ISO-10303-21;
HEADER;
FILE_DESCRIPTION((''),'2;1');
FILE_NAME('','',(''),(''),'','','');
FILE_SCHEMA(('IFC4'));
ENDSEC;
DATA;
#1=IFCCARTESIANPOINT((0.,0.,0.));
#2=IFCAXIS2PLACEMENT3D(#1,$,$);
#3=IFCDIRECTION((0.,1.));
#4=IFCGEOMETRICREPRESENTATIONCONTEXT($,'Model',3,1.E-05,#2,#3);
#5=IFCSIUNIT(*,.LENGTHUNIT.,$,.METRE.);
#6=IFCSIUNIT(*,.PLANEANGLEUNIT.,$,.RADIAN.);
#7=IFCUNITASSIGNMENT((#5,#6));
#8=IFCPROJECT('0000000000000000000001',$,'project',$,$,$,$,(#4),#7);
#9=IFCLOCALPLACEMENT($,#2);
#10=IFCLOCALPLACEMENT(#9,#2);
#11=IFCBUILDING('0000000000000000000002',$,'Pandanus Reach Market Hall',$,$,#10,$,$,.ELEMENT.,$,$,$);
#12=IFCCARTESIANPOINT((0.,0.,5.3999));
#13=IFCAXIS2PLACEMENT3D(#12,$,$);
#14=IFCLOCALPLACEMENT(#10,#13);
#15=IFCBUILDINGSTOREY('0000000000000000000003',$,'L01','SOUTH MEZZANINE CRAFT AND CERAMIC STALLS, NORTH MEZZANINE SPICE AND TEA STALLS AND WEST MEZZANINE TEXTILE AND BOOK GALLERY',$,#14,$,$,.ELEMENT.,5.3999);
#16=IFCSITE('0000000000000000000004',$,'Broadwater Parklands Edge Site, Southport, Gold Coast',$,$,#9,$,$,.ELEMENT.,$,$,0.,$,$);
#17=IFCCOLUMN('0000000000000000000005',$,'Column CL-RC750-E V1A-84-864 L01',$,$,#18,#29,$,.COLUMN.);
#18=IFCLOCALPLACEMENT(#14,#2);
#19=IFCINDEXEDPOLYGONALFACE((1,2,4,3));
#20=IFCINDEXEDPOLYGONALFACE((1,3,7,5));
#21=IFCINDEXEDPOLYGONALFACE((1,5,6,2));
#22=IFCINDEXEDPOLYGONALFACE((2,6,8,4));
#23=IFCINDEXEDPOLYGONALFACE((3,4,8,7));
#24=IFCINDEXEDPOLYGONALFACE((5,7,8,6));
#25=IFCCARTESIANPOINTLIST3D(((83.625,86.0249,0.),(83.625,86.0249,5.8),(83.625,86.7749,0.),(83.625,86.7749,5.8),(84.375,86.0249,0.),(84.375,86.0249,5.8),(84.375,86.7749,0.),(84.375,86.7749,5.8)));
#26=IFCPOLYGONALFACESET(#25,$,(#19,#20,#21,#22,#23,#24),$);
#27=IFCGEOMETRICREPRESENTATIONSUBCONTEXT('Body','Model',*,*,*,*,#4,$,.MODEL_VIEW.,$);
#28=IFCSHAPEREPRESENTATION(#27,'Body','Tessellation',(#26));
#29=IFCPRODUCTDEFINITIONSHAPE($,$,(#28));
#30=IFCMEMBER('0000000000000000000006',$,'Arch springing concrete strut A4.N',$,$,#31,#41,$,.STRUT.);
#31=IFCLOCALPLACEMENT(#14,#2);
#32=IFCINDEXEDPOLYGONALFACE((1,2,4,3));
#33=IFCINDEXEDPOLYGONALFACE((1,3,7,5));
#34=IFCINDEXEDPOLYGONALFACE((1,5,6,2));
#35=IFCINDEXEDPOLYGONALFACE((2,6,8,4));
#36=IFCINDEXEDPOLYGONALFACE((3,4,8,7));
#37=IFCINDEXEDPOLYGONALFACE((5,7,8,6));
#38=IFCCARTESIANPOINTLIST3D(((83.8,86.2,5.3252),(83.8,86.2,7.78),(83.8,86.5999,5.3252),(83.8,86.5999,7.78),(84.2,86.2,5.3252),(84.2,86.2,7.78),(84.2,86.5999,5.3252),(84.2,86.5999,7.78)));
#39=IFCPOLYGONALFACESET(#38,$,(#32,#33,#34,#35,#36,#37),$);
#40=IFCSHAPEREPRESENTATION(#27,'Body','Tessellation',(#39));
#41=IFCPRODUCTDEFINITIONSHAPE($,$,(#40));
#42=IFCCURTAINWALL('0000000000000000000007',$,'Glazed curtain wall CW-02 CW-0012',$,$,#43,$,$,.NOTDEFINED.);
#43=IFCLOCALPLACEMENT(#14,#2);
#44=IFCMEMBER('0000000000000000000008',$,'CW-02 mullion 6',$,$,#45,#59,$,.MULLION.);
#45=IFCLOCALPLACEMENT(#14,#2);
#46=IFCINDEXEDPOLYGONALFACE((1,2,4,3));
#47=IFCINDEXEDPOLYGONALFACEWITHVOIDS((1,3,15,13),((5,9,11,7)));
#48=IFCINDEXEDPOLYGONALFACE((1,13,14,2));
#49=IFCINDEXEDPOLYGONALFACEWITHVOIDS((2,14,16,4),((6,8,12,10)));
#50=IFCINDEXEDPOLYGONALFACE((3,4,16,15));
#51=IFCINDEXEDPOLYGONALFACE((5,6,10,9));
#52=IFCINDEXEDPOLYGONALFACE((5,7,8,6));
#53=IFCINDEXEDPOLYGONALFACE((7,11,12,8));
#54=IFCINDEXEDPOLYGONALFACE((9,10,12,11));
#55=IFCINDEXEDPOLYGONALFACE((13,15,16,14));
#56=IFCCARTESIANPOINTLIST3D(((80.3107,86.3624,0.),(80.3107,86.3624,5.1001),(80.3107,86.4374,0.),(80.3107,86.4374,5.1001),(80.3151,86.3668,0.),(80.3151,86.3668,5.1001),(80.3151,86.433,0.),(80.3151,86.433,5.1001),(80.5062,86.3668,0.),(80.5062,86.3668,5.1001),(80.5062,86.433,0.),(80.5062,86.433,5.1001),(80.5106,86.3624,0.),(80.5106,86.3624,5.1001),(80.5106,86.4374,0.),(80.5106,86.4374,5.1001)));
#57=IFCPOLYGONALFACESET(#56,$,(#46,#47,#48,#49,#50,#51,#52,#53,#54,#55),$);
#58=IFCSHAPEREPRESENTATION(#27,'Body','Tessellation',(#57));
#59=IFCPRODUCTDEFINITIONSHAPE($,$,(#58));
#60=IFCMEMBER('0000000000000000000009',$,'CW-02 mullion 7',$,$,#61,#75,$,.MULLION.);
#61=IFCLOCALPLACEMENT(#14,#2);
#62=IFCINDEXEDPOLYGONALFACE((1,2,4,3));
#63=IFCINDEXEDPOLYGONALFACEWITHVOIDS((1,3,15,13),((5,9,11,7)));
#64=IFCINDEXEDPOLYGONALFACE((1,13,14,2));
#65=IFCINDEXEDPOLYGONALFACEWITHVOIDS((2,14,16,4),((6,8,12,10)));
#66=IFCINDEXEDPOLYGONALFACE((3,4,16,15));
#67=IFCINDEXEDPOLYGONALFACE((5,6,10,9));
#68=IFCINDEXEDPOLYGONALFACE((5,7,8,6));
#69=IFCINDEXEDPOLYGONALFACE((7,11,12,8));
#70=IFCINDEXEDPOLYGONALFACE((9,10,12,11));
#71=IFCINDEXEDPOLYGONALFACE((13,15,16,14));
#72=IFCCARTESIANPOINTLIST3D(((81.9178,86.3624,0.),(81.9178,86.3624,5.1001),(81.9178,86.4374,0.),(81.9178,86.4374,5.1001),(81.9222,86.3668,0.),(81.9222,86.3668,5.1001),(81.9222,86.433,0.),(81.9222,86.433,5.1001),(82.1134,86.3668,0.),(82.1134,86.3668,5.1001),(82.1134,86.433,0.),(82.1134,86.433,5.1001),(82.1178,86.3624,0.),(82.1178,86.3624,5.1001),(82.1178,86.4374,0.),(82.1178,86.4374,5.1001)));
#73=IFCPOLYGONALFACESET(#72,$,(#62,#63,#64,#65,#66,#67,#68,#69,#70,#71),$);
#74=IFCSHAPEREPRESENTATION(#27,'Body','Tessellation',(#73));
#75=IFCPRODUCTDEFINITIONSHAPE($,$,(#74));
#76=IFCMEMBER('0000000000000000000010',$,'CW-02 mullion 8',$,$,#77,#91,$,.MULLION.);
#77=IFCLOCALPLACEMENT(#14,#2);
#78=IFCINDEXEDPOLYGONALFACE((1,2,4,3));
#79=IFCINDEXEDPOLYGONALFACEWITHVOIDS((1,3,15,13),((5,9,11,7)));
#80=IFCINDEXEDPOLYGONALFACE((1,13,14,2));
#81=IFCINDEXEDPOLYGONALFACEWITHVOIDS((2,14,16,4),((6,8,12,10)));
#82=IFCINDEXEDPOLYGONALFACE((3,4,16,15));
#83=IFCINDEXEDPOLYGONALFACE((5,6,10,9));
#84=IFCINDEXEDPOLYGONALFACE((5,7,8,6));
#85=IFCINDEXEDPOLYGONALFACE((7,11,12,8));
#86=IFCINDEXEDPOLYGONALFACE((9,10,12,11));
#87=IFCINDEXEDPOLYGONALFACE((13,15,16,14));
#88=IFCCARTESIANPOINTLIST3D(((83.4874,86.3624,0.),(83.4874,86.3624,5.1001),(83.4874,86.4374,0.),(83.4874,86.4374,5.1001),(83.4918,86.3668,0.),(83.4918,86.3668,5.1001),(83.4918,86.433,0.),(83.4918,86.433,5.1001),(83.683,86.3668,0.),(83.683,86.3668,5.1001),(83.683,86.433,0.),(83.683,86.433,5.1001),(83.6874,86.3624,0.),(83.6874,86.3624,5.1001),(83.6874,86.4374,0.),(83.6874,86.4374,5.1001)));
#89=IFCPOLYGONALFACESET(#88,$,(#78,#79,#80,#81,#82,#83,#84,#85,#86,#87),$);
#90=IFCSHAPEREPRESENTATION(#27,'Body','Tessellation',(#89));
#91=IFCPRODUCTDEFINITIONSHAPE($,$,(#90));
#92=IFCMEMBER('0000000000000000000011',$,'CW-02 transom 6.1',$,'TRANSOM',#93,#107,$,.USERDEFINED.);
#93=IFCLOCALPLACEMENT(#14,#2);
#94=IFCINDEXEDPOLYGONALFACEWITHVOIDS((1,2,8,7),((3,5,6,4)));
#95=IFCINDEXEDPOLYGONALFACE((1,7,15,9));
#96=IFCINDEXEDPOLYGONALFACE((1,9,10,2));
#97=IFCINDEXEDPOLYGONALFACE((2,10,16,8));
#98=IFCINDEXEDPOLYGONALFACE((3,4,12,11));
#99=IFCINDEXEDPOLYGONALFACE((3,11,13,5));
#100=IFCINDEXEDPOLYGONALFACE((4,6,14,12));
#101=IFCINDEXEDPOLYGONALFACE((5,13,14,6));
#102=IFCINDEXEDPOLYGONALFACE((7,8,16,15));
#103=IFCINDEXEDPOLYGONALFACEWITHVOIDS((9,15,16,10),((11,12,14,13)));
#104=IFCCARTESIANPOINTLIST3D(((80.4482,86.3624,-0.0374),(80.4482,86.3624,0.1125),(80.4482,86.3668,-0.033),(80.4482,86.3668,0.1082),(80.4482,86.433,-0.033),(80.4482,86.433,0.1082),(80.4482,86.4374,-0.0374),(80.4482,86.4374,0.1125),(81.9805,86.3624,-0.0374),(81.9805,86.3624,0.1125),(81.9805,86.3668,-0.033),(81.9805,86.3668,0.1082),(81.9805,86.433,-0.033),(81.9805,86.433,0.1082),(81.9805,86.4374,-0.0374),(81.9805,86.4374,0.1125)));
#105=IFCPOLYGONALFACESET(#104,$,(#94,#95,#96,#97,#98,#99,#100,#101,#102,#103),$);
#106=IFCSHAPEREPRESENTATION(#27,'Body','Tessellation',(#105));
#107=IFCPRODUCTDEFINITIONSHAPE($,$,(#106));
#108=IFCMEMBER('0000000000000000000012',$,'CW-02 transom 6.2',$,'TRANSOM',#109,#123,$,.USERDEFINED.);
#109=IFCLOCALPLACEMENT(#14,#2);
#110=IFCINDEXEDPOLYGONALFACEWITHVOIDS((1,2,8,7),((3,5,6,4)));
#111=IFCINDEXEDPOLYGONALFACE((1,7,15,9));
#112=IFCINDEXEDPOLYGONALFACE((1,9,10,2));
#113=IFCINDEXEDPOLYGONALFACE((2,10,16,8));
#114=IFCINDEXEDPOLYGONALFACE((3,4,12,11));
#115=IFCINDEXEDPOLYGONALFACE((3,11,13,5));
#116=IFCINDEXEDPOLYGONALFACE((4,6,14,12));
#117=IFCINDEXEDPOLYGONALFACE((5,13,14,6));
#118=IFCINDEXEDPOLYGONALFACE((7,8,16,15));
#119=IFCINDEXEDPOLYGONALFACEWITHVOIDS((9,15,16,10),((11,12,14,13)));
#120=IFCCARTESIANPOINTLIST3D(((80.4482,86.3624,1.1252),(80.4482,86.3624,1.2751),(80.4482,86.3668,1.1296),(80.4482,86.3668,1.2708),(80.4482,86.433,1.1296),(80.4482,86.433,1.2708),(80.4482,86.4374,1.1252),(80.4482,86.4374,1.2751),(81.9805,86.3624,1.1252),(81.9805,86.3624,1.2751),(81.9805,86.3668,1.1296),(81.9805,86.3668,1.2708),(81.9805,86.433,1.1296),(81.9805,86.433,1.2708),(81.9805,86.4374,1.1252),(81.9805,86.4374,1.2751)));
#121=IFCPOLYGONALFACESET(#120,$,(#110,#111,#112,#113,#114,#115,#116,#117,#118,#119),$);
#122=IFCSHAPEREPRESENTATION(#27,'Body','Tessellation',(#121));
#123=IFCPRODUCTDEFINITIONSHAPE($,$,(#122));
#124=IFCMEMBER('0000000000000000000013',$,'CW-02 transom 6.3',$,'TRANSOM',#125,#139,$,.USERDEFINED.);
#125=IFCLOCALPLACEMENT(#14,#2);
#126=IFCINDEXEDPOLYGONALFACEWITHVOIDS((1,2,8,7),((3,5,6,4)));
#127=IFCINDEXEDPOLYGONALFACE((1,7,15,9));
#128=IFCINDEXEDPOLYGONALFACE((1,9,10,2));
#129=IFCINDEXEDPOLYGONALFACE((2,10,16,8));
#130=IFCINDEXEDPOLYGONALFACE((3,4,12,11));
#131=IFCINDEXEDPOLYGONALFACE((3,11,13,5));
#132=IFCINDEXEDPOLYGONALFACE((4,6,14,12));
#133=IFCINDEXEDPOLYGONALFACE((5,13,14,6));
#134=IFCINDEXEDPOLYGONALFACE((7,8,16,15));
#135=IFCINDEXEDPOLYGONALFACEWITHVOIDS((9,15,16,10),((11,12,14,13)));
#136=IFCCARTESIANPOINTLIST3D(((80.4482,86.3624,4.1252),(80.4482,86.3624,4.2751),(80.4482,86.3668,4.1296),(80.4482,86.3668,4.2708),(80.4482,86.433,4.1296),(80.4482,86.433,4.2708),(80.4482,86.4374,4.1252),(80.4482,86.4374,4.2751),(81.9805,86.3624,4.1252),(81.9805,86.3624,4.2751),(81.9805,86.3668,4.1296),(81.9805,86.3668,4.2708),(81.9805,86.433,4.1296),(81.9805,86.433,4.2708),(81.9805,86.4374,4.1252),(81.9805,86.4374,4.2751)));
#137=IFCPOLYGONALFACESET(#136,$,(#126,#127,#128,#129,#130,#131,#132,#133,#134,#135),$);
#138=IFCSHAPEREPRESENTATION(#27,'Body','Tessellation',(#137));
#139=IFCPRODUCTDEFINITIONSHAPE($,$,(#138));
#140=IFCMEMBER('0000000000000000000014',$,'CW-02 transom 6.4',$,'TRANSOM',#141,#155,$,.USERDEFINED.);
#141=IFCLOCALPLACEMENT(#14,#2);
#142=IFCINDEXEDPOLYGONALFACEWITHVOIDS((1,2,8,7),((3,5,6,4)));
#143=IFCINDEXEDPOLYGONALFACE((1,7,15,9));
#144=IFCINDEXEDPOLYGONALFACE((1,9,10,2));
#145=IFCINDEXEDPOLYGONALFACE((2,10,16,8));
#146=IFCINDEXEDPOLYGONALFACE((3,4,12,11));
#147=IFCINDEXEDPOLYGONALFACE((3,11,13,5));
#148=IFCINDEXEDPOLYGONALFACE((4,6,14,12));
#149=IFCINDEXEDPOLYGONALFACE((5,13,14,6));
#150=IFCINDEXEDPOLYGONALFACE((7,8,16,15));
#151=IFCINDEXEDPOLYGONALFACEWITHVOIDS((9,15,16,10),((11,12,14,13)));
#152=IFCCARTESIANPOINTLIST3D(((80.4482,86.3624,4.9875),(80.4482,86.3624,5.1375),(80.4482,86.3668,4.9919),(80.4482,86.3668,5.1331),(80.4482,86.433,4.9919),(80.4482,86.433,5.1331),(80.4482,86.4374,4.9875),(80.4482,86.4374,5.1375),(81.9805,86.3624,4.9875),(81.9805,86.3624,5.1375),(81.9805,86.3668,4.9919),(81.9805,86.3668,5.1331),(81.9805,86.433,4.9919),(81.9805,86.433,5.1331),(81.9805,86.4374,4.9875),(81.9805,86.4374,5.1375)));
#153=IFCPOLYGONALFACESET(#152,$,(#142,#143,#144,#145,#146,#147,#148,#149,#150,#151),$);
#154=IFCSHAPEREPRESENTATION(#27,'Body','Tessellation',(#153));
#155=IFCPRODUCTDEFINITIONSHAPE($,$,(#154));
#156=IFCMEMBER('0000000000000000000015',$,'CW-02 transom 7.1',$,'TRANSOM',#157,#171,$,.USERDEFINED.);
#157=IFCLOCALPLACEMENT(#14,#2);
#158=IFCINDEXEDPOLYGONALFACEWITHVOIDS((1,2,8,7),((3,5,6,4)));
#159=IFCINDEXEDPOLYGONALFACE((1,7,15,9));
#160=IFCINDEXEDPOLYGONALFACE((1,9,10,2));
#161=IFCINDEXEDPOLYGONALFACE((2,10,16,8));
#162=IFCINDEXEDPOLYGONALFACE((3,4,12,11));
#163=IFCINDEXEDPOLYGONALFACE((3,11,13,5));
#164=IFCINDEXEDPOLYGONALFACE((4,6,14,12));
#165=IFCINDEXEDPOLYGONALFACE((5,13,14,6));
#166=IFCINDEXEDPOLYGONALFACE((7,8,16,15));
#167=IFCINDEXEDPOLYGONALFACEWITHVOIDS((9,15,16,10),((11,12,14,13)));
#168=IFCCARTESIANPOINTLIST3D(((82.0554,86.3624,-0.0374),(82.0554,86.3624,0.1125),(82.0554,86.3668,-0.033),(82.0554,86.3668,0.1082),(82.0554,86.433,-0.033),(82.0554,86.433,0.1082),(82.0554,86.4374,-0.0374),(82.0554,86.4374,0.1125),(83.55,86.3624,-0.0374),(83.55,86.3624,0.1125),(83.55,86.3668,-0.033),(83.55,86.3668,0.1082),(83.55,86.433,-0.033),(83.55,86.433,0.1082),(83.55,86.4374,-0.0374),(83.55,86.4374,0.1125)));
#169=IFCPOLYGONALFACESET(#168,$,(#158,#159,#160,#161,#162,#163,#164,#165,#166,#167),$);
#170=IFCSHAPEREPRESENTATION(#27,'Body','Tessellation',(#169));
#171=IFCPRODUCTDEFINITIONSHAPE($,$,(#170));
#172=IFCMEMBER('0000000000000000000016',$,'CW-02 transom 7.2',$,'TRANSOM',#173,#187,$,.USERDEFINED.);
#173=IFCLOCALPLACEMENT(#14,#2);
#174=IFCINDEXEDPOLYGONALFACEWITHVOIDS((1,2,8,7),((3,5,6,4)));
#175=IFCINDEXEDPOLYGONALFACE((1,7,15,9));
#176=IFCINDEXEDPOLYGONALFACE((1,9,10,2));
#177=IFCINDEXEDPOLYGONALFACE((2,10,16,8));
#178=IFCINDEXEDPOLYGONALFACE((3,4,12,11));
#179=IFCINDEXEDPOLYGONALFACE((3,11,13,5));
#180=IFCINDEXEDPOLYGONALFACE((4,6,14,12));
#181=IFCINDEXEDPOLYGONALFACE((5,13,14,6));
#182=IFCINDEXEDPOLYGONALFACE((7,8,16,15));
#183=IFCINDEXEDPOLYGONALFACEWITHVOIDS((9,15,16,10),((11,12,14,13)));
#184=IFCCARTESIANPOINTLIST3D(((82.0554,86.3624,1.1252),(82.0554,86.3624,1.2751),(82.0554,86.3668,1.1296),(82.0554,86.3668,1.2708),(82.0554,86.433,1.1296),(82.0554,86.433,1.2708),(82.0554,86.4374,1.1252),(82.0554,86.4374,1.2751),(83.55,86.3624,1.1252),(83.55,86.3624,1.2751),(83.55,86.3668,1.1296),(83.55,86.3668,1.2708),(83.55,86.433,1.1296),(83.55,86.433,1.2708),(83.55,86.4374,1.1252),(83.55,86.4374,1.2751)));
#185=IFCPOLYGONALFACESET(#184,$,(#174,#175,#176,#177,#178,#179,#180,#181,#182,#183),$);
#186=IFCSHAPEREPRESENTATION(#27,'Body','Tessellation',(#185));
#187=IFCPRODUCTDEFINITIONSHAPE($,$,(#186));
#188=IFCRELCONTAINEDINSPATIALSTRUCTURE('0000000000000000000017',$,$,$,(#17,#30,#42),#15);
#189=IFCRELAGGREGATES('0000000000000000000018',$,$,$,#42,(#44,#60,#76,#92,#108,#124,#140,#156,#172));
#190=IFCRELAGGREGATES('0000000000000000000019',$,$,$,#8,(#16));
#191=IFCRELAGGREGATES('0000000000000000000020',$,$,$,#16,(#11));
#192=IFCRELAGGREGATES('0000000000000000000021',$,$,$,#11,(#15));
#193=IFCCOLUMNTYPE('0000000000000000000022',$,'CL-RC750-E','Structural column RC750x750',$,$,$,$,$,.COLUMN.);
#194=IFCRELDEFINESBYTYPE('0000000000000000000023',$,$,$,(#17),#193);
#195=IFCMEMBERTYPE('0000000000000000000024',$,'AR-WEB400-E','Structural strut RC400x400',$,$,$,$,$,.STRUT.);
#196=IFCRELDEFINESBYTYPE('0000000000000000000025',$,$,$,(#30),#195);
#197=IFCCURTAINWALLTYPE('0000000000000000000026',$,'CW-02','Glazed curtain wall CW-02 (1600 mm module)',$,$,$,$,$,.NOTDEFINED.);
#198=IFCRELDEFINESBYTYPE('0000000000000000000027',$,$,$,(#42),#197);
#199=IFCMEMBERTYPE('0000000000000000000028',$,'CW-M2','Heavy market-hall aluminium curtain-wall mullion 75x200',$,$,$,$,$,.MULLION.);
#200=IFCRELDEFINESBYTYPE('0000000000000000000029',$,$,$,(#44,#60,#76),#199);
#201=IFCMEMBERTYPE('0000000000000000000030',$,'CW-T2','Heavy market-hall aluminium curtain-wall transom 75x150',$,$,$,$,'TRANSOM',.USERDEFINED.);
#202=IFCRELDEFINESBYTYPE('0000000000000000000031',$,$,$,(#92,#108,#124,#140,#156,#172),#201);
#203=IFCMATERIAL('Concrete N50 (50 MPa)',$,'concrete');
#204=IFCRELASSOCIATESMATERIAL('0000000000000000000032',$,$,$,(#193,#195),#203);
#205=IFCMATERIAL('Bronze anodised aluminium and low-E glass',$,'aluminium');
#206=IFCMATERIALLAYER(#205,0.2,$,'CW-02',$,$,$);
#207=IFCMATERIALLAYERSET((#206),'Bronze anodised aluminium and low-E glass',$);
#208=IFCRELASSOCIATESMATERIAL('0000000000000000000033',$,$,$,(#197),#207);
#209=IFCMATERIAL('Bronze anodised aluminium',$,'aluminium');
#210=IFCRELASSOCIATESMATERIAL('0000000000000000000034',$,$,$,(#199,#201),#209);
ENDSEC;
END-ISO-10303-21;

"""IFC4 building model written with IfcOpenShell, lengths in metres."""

from ifc_helpers import new_model, si_unit, direction, frame, origin, origin_2d, place, context, subcontext, project, spatial, rectangle, hollow_rectangle, extrude, material, layer, layer_set, material_profile, profile_set, type_object, element, aggregate, save


model = new_model("IFC4")

# Units and contexts
model_context = context("Model", 3, precision=1e-05, world=origin(), true_north=direction((0.0, 1.0)))
body_context = subcontext(model_context, "Body", "Model", "MODEL_VIEW")
ifc_project = project(units=[si_unit("LENGTHUNIT", "METRE"), si_unit("PLANEANGLEUNIT", "RADIAN")], contexts=[model_context])

# Site, building, storey
site_placement = place(None, origin())
site = spatial("IfcSite", under=ifc_project, at=site_placement, Name="Broadwater Parklands Edge Site, Southport, Gold Coast", CompositionType="ELEMENT", RefElevation=0.0)
building_placement = place(site_placement, origin())
building = spatial("IfcBuilding", under=site, at=building_placement, Name="Pandanus Reach Market Hall", CompositionType="ELEMENT")
storey_placement = place(building_placement, frame((0.0, 0.0, 5.3999)))
storey = spatial("IfcBuildingStorey", under=building, at=storey_placement, Name="L01", Description="SOUTH MEZZANINE CRAFT AND CERAMIC STALLS, NORTH MEZZANINE SPICE AND TEA STALLS AND WEST MEZZANINE TEXTILE AND BOOK GALLERY", CompositionType="ELEMENT", Elevation=5.3999)

# Column
ifc_material_1 = material(Name="Concrete N50 (50 MPa)", Category="concrete")
ifc_material_profile_1 = material_profile(ifc_material_1, rectangle(XDim=0.75, YDim=0.75, at=origin_2d()), Name="RC750x750", Category="LoadBearing")
ifc_profile_set_1 = profile_set([ifc_material_profile_1], Name="Concrete N50 (50 MPa)")
column_type = type_object("IfcColumnType", Name="CL-RC750-E", Description="Structural column RC750x750", PredefinedType="COLUMN", material=ifc_profile_set_1)
column_placement = place(storey_placement, frame((84.0, 86.3999, 0.0), z_axis=(0.0, 0.0, 1.0), x_axis=(1.0, 0.0, 0.0)))
element("IfcColumn", 1, at=column_placement, inside=storey, type_object=column_type, Name="Column CL-RC750-E V1A-84-864 L01", PredefinedType="COLUMN", context=body_context, shape_type="SweptSolid", body=[
    extrude(rectangle(XDim=0.75, YDim=0.75, at=origin_2d()), origin(), (0.0, 0.0, 1.0), 5.8),
])

# Member
ifc_material_profile_2 = material_profile(ifc_material_1, rectangle(XDim=0.3999, YDim=0.3999, at=origin_2d()), Name="RC400x400", Category="LoadBearing")
ifc_profile_set_2 = profile_set([ifc_material_profile_2], Name="Concrete N50 (50 MPa)")
member_type_1 = type_object("IfcMemberType", Name="AR-WEB400-E", Description="Structural strut RC400x400", PredefinedType="STRUT", material=ifc_profile_set_2)
member_1_placement = place(storey_placement, frame((84.0, 86.3999, 5.3252), z_axis=(0.0, 0.0, 1.0), x_axis=(1.0, 0.0, 0.0)))
element("IfcMember", 2, at=member_1_placement, inside=storey, type_object=member_type_1, Name="Arch springing concrete strut A4.N", PredefinedType="STRUT", context=body_context, shape_type="SweptSolid", body=[
    extrude(rectangle(XDim=0.3999, YDim=0.3999, at=origin_2d()), origin(), (0.0, 0.0, 1.0), 2.4548),
])

# Curtain wall, members
ifc_material_2 = material(Name="Bronze anodised aluminium and low-E glass", Category="aluminium")
ifc_layer_1 = layer(ifc_material_2, 0.2, Name="CW-02")
ifc_layer_set_1 = layer_set([ifc_layer_1], Name="Bronze anodised aluminium and low-E glass")
curtain_wall_type = type_object("IfcCurtainWallType", Name="CW-02", Description="Glazed curtain wall CW-02 (1600 mm module)", PredefinedType="NOTDEFINED", material=ifc_layer_set_1)
curtain_wall_placement = place(storey_placement, origin())
curtain_wall = element("IfcCurtainWall", 3, at=curtain_wall_placement, inside=storey, type_object=curtain_wall_type, Name="Glazed curtain wall CW-02 CW-0012", PredefinedType="NOTDEFINED")
ifc_material_3 = material(Name="Bronze anodised aluminium", Category="aluminium")
ifc_material_profile_3 = material_profile(ifc_material_3, hollow_rectangle(XDim=0.075, YDim=0.2, WallThickness=0.0044, at=origin_2d()), Name="ALU75x200", Category="LoadBearing")
ifc_profile_set_3 = profile_set([ifc_material_profile_3], Name="Bronze anodised aluminium")
member_type_2 = type_object("IfcMemberType", Name="CW-M2", Description="Heavy market-hall aluminium curtain-wall mullion 75x200", PredefinedType="MULLION", material=ifc_profile_set_3)
member_2_placement = place(storey_placement, frame((80.4106, 86.3999, 0.0), z_axis=(0.0, 0.0, 1.0), x_axis=(0.0, 1.0, 0.0)))
member_2 = element("IfcMember", 4, at=member_2_placement, type_object=member_type_2, Name="CW-02 mullion 6", PredefinedType="MULLION", context=body_context, shape_type="SweptSolid", body=[
    extrude(hollow_rectangle(XDim=0.075, YDim=0.2, WallThickness=0.0044, at=origin_2d()), origin(), (0.0, 0.0, 1.0), 5.1001),
])
member_3_placement = place(storey_placement, frame((82.0178, 86.3999, 0.0), z_axis=(0.0, 0.0, 1.0), x_axis=(0.0, 1.0, 0.0)))
member_3 = element("IfcMember", 5, at=member_3_placement, type_object=member_type_2, Name="CW-02 mullion 7", PredefinedType="MULLION", context=body_context, shape_type="SweptSolid", body=[
    extrude(hollow_rectangle(XDim=0.075, YDim=0.2, WallThickness=0.0044, at=origin_2d()), origin(), (0.0, 0.0, 1.0), 5.1001),
])
member_4_placement = place(storey_placement, frame((83.5874, 86.3999, 0.0), z_axis=(0.0, 0.0, 1.0), x_axis=(0.0, 1.0, 0.0)))
member_4 = element("IfcMember", 6, at=member_4_placement, type_object=member_type_2, Name="CW-02 mullion 8", PredefinedType="MULLION", context=body_context, shape_type="SweptSolid", body=[
    extrude(hollow_rectangle(XDim=0.075, YDim=0.2, WallThickness=0.0044, at=origin_2d()), origin(), (0.0, 0.0, 1.0), 5.1001),
])
ifc_material_profile_4 = material_profile(ifc_material_3, hollow_rectangle(XDim=0.075, YDim=0.1499, WallThickness=0.0044, at=origin_2d()), Name="ALU75x150", Category="LoadBearing")
ifc_profile_set_4 = profile_set([ifc_material_profile_4], Name="Bronze anodised aluminium")
member_type_3 = type_object("IfcMemberType", Name="CW-T2", Description="Heavy market-hall aluminium curtain-wall transom 75x150", ElementType="TRANSOM", PredefinedType="USERDEFINED", material=ifc_profile_set_4)
member_5_placement = place(storey_placement, frame((80.4482, 86.3999, 0.0376), z_axis=(1.0, 0.0, 0.0), x_axis=(0.0, 1.0, 0.0)))
member_5 = element("IfcMember", 7, at=member_5_placement, type_object=member_type_3, Name="CW-02 transom 6.1", ObjectType="TRANSOM", PredefinedType="USERDEFINED", context=body_context, shape_type="SweptSolid", body=[
    extrude(hollow_rectangle(XDim=0.075, YDim=0.1499, WallThickness=0.0044, at=origin_2d()), origin(), (0.0, 0.0, 1.0), 1.5322),
])
member_6_placement = place(storey_placement, frame((80.4482, 86.3999, 1.2002), z_axis=(1.0, 0.0, 0.0), x_axis=(0.0, 1.0, 0.0)))
member_6 = element("IfcMember", 8, at=member_6_placement, type_object=member_type_3, Name="CW-02 transom 6.2", ObjectType="TRANSOM", PredefinedType="USERDEFINED", context=body_context, shape_type="SweptSolid", body=[
    extrude(hollow_rectangle(XDim=0.075, YDim=0.1499, WallThickness=0.0044, at=origin_2d()), origin(), (0.0, 0.0, 1.0), 1.5322),
])
member_7_placement = place(storey_placement, frame((80.4482, 86.3999, 4.2002), z_axis=(1.0, 0.0, 0.0), x_axis=(0.0, 1.0, 0.0)))
member_7 = element("IfcMember", 9, at=member_7_placement, type_object=member_type_3, Name="CW-02 transom 6.3", ObjectType="TRANSOM", PredefinedType="USERDEFINED", context=body_context, shape_type="SweptSolid", body=[
    extrude(hollow_rectangle(XDim=0.075, YDim=0.1499, WallThickness=0.0044, at=origin_2d()), origin(), (0.0, 0.0, 1.0), 1.5322),
])
member_8_placement = place(storey_placement, frame((80.4482, 86.3999, 5.0625), z_axis=(1.0, 0.0, 0.0), x_axis=(0.0, 1.0, 0.0)))
member_8 = element("IfcMember", 10, at=member_8_placement, type_object=member_type_3, Name="CW-02 transom 6.4", ObjectType="TRANSOM", PredefinedType="USERDEFINED", context=body_context, shape_type="SweptSolid", body=[
    extrude(hollow_rectangle(XDim=0.075, YDim=0.1499, WallThickness=0.0044, at=origin_2d()), origin(), (0.0, 0.0, 1.0), 1.5322),
])
member_9_placement = place(storey_placement, frame((82.0554, 86.3999, 0.0376), z_axis=(1.0, 0.0, 0.0), x_axis=(0.0, 1.0, 0.0)))
member_9 = element("IfcMember", 11, at=member_9_placement, type_object=member_type_3, Name="CW-02 transom 7.1", ObjectType="TRANSOM", PredefinedType="USERDEFINED", context=body_context, shape_type="SweptSolid", body=[
    extrude(hollow_rectangle(XDim=0.075, YDim=0.1499, WallThickness=0.0044, at=origin_2d()), origin(), (0.0, 0.0, 1.0), 1.4946),
])
member_10_placement = place(storey_placement, frame((82.0554, 86.3999, 1.2002), z_axis=(1.0, 0.0, 0.0), x_axis=(0.0, 1.0, 0.0)))
member_10 = element("IfcMember", 12, at=member_10_placement, type_object=member_type_3, Name="CW-02 transom 7.2", ObjectType="TRANSOM", PredefinedType="USERDEFINED", context=body_context, shape_type="SweptSolid", body=[
    extrude(hollow_rectangle(XDim=0.075, YDim=0.1499, WallThickness=0.0044, at=origin_2d()), origin(), (0.0, 0.0, 1.0), 1.4946),
])
aggregate(curtain_wall, [member_2, member_3, member_4, member_5, member_6, member_7, member_8, member_9, member_10])

save(model, "model.ifc")
